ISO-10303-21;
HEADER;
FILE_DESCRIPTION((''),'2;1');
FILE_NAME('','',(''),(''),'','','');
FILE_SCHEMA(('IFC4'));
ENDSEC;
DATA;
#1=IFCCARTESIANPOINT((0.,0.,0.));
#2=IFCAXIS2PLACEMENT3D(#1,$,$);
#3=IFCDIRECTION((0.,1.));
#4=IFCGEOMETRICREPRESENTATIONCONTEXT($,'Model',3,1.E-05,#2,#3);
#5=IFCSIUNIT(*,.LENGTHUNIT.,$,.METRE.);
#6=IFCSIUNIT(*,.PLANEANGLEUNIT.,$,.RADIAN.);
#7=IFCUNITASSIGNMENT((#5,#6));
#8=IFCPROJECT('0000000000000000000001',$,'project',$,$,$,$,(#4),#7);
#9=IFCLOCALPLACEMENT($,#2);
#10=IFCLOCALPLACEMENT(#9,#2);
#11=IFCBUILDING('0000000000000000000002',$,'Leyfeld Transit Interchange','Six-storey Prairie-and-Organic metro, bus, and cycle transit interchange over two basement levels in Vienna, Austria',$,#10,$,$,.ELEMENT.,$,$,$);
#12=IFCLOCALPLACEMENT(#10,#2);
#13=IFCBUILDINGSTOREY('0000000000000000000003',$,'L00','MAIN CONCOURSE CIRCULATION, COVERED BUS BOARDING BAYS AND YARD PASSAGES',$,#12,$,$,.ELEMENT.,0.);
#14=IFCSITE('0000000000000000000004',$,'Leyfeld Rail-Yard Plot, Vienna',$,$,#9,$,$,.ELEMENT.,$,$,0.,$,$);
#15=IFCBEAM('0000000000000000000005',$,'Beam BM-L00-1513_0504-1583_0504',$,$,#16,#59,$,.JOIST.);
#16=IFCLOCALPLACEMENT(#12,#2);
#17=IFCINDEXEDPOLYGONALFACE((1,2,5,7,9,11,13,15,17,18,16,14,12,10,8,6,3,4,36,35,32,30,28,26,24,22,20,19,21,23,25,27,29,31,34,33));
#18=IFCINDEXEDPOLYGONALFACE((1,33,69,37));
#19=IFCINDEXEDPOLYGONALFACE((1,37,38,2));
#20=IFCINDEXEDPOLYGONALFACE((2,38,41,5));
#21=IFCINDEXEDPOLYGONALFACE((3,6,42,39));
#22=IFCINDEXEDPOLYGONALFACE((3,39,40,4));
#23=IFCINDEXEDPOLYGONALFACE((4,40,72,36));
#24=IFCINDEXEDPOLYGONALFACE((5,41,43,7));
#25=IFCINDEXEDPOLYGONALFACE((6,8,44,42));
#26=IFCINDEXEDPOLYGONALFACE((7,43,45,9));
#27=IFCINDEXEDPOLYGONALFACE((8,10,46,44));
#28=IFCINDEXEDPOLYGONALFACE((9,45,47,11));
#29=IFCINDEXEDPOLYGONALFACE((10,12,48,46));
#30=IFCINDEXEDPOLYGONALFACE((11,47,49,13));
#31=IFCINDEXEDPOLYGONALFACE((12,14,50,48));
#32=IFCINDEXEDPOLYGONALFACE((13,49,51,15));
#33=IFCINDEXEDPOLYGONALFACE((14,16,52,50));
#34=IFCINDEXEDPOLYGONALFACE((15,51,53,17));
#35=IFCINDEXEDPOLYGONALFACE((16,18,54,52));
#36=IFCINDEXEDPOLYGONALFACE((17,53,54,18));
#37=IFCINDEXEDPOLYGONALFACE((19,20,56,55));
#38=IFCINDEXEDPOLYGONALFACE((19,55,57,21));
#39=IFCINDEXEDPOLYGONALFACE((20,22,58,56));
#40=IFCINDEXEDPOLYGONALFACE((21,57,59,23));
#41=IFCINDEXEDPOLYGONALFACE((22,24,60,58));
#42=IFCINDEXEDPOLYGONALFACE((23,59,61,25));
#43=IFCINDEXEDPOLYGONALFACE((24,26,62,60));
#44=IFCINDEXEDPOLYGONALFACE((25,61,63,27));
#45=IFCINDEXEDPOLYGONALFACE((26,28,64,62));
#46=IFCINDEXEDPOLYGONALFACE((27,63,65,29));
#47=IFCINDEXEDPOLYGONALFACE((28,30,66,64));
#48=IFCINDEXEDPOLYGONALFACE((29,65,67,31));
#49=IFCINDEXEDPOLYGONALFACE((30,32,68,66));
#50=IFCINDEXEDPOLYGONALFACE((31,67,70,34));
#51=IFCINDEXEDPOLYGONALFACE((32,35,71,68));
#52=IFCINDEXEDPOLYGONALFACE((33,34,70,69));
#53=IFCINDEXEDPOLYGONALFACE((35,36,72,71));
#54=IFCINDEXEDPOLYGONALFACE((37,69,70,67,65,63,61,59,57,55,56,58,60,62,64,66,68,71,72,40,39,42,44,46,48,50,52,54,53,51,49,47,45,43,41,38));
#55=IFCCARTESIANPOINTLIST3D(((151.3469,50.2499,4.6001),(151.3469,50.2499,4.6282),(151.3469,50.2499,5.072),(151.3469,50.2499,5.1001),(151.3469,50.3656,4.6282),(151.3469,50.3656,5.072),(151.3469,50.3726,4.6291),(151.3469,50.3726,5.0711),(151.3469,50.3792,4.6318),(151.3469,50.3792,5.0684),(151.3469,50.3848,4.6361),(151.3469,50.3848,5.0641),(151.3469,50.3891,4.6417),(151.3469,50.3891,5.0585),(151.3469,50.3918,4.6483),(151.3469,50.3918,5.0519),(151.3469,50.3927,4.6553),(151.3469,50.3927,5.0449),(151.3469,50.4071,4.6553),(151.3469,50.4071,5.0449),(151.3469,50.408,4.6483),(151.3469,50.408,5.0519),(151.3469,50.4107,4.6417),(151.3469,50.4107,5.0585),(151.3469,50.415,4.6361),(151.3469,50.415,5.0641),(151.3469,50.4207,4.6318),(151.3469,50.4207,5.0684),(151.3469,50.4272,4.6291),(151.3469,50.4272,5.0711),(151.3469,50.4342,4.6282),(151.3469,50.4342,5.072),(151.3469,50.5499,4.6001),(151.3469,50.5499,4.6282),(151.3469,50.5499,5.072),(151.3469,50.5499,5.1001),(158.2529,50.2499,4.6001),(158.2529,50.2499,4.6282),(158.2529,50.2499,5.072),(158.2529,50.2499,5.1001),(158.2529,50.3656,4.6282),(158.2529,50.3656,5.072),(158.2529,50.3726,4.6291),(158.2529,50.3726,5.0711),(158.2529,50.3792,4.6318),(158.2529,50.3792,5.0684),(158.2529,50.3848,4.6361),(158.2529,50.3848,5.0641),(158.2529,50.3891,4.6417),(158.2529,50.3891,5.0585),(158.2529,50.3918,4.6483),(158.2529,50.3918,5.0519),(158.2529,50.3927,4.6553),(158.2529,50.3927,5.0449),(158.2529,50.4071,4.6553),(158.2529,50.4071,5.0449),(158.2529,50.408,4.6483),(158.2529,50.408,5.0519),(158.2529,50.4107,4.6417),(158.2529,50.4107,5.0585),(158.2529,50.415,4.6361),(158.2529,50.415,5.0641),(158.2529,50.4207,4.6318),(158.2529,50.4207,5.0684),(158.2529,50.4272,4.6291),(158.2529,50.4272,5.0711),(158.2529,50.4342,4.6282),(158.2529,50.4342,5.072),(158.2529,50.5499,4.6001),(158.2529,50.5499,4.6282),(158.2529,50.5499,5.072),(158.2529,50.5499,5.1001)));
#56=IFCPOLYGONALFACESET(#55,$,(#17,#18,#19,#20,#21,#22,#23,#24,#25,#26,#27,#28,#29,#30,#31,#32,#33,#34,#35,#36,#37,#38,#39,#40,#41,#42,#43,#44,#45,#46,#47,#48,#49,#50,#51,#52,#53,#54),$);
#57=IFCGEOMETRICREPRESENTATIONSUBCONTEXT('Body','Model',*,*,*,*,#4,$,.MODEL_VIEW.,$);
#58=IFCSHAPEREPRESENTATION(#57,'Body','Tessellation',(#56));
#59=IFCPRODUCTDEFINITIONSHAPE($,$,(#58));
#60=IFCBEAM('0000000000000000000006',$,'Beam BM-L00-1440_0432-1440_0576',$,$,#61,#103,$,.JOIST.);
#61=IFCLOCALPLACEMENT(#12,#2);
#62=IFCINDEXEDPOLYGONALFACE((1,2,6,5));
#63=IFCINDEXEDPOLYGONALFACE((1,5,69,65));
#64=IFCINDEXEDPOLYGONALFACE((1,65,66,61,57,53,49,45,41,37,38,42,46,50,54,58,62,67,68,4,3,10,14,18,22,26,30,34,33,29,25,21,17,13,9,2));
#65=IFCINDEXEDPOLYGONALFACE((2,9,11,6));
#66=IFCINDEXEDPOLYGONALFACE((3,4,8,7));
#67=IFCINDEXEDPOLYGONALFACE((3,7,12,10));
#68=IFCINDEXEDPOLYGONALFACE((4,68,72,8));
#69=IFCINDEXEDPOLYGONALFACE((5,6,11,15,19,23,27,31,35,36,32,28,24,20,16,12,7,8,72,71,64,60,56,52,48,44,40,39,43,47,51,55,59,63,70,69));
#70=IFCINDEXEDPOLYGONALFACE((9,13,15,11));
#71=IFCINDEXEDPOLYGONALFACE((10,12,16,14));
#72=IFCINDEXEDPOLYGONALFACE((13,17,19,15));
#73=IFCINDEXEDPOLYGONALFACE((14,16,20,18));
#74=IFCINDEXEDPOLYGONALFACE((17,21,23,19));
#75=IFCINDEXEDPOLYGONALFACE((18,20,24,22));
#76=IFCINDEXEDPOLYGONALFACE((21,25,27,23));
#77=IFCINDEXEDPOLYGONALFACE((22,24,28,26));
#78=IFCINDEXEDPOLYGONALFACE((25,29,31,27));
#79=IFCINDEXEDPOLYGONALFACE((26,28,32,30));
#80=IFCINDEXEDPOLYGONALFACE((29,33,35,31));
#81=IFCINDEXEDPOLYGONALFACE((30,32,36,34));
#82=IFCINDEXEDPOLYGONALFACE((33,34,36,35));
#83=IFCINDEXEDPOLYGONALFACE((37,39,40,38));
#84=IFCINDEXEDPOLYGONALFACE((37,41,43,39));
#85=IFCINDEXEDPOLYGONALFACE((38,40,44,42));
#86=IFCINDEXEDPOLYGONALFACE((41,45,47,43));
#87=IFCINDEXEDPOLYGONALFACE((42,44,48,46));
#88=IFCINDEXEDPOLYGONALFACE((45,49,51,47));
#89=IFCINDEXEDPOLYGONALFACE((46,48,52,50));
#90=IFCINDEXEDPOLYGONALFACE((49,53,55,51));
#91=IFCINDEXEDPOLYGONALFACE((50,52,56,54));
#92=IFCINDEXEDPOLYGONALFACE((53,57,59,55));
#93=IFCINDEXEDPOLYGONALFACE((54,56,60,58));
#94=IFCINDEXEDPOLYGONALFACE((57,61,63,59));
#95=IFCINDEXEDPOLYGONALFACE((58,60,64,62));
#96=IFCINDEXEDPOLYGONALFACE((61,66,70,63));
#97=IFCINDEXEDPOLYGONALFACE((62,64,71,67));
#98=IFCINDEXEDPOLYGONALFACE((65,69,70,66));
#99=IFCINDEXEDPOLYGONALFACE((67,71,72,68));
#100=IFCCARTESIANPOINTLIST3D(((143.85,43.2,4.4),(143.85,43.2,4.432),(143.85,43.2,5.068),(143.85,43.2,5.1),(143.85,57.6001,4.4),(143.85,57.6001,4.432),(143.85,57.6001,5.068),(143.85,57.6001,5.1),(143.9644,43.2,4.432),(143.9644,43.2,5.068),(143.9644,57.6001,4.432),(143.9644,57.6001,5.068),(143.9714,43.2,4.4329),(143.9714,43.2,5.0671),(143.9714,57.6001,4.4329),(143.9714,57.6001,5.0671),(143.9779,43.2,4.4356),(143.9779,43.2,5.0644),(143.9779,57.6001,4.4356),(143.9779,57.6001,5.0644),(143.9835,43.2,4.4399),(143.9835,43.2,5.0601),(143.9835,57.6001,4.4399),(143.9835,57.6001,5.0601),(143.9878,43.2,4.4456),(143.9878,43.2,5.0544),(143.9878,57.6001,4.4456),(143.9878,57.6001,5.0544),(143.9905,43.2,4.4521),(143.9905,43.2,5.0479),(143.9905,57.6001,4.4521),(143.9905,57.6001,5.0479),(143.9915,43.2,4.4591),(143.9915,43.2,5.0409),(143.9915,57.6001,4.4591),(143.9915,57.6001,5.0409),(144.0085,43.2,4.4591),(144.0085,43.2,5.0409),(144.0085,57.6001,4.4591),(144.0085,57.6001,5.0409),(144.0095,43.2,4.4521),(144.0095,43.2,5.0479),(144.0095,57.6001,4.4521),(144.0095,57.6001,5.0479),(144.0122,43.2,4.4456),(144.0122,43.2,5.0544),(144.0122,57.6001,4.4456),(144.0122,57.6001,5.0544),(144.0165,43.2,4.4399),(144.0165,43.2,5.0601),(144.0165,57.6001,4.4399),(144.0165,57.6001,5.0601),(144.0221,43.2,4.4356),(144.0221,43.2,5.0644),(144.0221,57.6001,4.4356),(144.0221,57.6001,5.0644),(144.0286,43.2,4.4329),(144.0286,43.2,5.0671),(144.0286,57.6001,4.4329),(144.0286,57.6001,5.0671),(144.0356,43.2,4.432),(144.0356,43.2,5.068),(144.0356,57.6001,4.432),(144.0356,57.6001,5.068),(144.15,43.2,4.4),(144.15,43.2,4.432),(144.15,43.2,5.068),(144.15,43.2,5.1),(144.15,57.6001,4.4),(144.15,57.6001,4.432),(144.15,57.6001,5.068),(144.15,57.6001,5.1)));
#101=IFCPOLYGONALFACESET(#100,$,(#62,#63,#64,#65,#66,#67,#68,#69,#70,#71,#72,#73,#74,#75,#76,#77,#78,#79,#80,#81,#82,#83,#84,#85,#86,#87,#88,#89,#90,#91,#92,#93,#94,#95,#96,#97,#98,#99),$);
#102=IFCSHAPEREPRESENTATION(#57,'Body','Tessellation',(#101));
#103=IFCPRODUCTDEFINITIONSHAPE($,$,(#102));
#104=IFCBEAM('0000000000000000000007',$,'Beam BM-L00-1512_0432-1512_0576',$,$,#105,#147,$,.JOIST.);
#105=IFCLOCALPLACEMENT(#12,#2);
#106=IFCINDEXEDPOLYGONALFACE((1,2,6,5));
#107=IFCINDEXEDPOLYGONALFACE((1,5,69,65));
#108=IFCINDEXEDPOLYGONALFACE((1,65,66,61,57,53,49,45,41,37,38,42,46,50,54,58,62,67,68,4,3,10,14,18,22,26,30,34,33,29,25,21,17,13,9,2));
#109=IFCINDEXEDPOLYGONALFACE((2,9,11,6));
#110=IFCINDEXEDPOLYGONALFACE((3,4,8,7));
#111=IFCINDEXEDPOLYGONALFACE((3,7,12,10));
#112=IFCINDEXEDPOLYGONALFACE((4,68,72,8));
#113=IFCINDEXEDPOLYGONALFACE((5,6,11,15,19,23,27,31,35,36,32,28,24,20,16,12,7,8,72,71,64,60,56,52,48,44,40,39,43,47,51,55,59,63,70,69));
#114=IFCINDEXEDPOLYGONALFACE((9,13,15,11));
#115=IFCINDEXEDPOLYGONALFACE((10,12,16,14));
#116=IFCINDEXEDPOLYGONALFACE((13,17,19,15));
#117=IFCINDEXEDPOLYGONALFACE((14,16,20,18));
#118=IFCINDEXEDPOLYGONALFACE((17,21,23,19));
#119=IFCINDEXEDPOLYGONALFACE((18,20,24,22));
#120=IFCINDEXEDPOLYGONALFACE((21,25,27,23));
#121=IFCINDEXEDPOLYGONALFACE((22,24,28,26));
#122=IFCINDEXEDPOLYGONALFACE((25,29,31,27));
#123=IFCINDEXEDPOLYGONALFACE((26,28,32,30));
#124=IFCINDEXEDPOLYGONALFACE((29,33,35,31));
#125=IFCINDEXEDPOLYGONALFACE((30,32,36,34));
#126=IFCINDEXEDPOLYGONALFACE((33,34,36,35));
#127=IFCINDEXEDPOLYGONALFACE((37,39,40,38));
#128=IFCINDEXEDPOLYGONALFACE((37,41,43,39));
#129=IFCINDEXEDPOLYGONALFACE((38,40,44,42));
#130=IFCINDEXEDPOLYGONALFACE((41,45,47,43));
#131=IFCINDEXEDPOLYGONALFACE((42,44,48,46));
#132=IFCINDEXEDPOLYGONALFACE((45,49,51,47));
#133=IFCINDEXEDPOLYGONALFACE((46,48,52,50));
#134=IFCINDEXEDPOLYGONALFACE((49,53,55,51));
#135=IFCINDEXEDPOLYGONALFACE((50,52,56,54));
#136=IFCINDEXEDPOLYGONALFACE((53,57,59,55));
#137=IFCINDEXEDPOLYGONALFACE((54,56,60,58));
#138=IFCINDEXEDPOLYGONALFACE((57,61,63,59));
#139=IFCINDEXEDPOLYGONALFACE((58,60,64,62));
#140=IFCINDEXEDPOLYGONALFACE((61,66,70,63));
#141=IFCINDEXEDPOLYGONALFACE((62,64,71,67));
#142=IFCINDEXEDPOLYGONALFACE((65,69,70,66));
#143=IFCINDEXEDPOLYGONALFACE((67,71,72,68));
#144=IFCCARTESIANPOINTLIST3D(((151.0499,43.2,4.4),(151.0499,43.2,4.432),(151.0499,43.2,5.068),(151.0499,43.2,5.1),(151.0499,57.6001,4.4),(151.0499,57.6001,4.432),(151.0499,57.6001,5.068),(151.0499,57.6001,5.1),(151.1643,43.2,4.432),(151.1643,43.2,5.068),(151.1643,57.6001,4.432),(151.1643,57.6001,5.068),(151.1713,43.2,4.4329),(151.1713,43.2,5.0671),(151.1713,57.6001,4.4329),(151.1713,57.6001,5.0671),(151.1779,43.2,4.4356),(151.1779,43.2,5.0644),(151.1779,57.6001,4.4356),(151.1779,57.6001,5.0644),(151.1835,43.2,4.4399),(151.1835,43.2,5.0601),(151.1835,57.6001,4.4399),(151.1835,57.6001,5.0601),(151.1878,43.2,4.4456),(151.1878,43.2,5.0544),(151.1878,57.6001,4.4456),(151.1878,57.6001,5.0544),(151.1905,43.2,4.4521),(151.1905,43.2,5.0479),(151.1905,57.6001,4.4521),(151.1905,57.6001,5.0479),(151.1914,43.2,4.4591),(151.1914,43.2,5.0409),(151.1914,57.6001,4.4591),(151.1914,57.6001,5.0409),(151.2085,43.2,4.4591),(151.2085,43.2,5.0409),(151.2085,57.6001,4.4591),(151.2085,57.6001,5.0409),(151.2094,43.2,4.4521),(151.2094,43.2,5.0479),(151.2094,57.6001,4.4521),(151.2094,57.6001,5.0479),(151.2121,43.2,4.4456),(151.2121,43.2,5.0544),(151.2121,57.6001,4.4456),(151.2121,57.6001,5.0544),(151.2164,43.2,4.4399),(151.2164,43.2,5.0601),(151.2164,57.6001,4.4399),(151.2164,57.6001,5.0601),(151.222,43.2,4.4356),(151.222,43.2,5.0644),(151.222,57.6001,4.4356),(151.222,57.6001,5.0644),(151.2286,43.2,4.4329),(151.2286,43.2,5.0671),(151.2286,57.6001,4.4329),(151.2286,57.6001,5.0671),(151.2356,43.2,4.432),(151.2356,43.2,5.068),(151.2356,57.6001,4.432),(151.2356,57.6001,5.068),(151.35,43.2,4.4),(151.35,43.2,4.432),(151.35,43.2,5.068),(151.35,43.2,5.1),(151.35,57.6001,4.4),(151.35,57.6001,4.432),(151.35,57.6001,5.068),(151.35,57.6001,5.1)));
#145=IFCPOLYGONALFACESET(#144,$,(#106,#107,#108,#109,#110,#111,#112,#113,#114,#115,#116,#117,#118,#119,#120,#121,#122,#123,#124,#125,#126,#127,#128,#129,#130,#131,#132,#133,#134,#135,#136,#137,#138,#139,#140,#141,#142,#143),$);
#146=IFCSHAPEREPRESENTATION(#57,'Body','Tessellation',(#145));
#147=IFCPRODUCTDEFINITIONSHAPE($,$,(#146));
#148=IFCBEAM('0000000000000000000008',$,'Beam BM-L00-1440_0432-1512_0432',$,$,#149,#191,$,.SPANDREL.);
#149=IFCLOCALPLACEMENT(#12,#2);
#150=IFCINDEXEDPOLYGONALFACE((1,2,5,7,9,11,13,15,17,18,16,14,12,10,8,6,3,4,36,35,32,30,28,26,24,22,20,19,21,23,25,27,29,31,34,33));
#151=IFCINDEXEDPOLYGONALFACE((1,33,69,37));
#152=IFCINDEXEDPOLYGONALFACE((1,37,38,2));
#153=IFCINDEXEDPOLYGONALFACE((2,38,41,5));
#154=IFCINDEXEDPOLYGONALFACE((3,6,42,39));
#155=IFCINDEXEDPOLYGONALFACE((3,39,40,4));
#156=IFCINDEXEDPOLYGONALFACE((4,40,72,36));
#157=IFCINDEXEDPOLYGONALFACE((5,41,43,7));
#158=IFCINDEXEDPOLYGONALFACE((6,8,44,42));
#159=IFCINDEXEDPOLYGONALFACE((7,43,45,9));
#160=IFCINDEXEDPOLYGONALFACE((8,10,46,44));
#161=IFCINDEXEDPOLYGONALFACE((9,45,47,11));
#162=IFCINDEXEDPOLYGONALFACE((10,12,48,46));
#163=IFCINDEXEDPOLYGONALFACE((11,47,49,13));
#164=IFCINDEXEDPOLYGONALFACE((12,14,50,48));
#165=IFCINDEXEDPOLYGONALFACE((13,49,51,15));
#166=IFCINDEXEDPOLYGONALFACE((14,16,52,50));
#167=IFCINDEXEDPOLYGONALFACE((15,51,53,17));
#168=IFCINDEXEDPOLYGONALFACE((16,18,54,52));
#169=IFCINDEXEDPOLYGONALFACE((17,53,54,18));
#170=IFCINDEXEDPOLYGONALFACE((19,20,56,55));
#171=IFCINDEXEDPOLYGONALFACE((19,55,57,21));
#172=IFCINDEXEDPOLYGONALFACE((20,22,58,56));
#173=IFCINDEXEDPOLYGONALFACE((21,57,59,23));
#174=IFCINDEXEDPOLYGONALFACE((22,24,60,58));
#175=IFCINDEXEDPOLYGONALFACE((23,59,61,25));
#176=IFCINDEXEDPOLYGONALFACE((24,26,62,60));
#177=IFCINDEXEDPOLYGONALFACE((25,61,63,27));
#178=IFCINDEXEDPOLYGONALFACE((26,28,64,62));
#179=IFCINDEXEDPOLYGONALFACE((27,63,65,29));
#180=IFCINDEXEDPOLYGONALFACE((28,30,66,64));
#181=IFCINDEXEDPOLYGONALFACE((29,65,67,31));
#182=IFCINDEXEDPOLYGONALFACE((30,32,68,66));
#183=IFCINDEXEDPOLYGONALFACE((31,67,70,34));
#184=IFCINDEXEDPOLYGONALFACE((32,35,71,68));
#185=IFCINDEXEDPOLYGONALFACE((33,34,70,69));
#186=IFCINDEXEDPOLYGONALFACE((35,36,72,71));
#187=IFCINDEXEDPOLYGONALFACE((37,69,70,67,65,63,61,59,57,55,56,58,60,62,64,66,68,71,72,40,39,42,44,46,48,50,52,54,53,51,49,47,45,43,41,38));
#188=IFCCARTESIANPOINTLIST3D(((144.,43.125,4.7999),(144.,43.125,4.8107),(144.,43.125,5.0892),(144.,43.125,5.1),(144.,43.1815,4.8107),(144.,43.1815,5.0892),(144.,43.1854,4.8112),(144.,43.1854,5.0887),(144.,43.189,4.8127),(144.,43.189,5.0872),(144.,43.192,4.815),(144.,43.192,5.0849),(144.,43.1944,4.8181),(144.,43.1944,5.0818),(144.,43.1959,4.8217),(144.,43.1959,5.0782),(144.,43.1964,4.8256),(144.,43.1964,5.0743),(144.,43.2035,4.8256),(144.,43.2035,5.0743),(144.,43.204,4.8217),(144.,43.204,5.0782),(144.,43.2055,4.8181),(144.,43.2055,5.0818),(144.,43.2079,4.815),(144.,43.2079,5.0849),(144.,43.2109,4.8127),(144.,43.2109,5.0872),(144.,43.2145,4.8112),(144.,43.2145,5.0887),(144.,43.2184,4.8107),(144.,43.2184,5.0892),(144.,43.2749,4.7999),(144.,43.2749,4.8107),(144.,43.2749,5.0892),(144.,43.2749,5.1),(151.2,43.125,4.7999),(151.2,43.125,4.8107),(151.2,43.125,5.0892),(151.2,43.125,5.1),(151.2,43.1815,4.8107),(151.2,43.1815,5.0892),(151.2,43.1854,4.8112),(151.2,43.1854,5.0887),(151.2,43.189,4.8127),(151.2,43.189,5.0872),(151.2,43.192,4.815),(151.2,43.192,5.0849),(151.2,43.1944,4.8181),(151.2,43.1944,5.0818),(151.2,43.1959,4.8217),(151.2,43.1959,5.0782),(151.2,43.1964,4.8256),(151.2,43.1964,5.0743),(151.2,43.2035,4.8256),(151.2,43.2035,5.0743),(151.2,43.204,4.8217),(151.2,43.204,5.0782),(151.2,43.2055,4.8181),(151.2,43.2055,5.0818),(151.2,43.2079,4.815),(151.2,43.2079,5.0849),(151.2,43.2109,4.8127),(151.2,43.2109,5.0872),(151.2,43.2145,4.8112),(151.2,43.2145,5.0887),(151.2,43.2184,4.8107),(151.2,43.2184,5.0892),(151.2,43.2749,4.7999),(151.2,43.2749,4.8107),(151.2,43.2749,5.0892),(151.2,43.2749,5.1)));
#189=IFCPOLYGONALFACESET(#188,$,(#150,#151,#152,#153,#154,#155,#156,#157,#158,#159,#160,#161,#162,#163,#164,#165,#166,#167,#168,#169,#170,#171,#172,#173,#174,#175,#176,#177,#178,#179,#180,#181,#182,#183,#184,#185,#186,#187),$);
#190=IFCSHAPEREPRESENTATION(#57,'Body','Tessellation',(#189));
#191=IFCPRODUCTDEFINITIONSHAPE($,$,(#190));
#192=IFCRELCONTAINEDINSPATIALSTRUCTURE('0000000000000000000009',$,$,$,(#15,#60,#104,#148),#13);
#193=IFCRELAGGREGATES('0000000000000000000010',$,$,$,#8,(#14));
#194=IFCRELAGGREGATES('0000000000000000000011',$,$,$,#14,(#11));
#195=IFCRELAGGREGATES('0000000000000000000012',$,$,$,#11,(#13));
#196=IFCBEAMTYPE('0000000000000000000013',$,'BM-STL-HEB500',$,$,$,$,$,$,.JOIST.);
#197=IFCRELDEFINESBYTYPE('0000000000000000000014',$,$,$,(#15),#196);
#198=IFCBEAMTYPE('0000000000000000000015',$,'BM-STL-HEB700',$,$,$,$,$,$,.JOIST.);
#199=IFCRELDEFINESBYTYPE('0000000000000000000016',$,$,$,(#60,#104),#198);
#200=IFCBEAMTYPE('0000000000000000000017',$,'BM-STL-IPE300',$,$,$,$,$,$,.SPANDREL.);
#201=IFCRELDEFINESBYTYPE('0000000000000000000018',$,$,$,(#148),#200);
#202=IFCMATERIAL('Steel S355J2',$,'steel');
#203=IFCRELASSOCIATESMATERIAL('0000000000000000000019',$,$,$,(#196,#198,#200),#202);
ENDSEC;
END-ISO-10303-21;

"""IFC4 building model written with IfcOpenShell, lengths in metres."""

from ifc_helpers import new_model, si_unit, direction, frame, origin, origin_2d, place, context, subcontext, project, spatial, i_section, extrude, material, material_profile, profile_set, type_object, element, save


model = new_model("IFC4")

# Units and contexts
model_context = context("Model", 3, precision=1e-05, world=origin(), true_north=direction((0.0, 1.0)))
body_context = subcontext(model_context, "Body", "Model", "MODEL_VIEW")
ifc_project = project(units=[si_unit("LENGTHUNIT", "METRE"), si_unit("PLANEANGLEUNIT", "RADIAN")], contexts=[model_context])

# Site, building, storey
site_placement = place(None, origin())
site = spatial("IfcSite", under=ifc_project, at=site_placement, Name="Leyfeld Rail-Yard Plot, Vienna", CompositionType="ELEMENT", RefElevation=0.0)
building_placement = place(site_placement, origin())
building = spatial("IfcBuilding", under=site, at=building_placement, Name="Leyfeld Transit Interchange", Description="Six-storey Prairie-and-Organic metro, bus, and cycle transit interchange over two basement levels in Vienna, Austria", CompositionType="ELEMENT")
storey_placement = place(building_placement, origin())
storey = spatial("IfcBuildingStorey", under=building, at=storey_placement, Name="L00", Description="MAIN CONCOURSE CIRCULATION, COVERED BUS BOARDING BAYS AND YARD PASSAGES", CompositionType="ELEMENT", Elevation=0.0)

# Shared definitions
ifc_material_1 = material(Name="Steel S355J2", Category="steel")

# Beams
ifc_material_profile_1 = material_profile(ifc_material_1, i_section(OverallWidth=0.3, OverallDepth=0.5, WebThickness=0.0144, FlangeThickness=0.0281, FilletRadius=0.0271, at=origin_2d()), Name="HEB 500")
ifc_profile_set_1 = profile_set([ifc_material_profile_1], Name="Steel S355J2")
beam_type_1 = type_object("IfcBeamType", Name="BM-STL-HEB500", PredefinedType="JOIST", material=ifc_profile_set_1)
for number, where, z_axis, x_axis, name in (
    (1, (151.3469, 50.3999, 4.8501), (1.0, 0.0, 0.0), (0.0, 1.0, 0.0), "Beam BM-L00-1513_0504-1583_0504"),
):
    element("IfcBeam", number, at=place(storey_placement, frame(where, z_axis=z_axis, x_axis=x_axis)), inside=storey, type_object=beam_type_1, Name=name, PredefinedType="JOIST", context=body_context, shape_type="SweptSolid", body=[
        extrude(i_section(OverallWidth=0.3, OverallDepth=0.5, WebThickness=0.0144, FlangeThickness=0.0281, FilletRadius=0.0271, at=origin_2d()), origin(), (0.0, 0.0, 1.0), 6.906),
    ])
ifc_material_profile_2 = material_profile(ifc_material_1, i_section(OverallWidth=0.3, OverallDepth=0.7, WebThickness=0.0171, FlangeThickness=0.032, FilletRadius=0.0271, at=origin_2d()), Name="HEB 700")
ifc_profile_set_2 = profile_set([ifc_material_profile_2], Name="Steel S355J2")
beam_type_2 = type_object("IfcBeamType", Name="BM-STL-HEB700", PredefinedType="JOIST", material=ifc_profile_set_2)
for number, where, z_axis, x_axis, name in (
    (2, (144.0, 43.2, 4.75), (0.0, 1.0, 0.0), (-1.0, 0.0, 0.0), "Beam BM-L00-1440_0432-1440_0576"),
    (3, (151.2, 43.2, 4.75), (0.0, 1.0, 0.0), (-1.0, 0.0, 0.0), "Beam BM-L00-1512_0432-1512_0576"),
):
    element("IfcBeam", number, at=place(storey_placement, frame(where, z_axis=z_axis, x_axis=x_axis)), inside=storey, type_object=beam_type_2, Name=name, PredefinedType="JOIST", context=body_context, shape_type="SweptSolid", body=[
        extrude(i_section(OverallWidth=0.3, OverallDepth=0.7, WebThickness=0.0171, FlangeThickness=0.032, FilletRadius=0.0271, at=origin_2d()), origin(), (0.0, 0.0, 1.0), 14.4001),
    ])
ifc_material_profile_3 = material_profile(ifc_material_1, i_section(OverallWidth=0.1499, OverallDepth=0.3, WebThickness=0.0071, FlangeThickness=0.0107, FilletRadius=0.0149, at=origin_2d()), Name="IPE 300")
ifc_profile_set_3 = profile_set([ifc_material_profile_3], Name="Steel S355J2")
beam_type_3 = type_object("IfcBeamType", Name="BM-STL-IPE300", PredefinedType="SPANDREL", material=ifc_profile_set_3)
for number, where, z_axis, x_axis, name in (
    (4, (144.0, 43.2, 4.95), (1.0, 0.0, 0.0), (0.0, 1.0, 0.0), "Beam BM-L00-1440_0432-1512_0432"),
):
    element("IfcBeam", number, at=place(storey_placement, frame(where, z_axis=z_axis, x_axis=x_axis)), inside=storey, type_object=beam_type_3, Name=name, PredefinedType="SPANDREL", context=body_context, shape_type="SweptSolid", body=[
        extrude(i_section(OverallWidth=0.1499, OverallDepth=0.3, WebThickness=0.0071, FlangeThickness=0.0107, FilletRadius=0.0149, at=origin_2d()), origin(), (0.0, 0.0, 1.0), 7.2),
    ])

save(model, "model.ifc")
